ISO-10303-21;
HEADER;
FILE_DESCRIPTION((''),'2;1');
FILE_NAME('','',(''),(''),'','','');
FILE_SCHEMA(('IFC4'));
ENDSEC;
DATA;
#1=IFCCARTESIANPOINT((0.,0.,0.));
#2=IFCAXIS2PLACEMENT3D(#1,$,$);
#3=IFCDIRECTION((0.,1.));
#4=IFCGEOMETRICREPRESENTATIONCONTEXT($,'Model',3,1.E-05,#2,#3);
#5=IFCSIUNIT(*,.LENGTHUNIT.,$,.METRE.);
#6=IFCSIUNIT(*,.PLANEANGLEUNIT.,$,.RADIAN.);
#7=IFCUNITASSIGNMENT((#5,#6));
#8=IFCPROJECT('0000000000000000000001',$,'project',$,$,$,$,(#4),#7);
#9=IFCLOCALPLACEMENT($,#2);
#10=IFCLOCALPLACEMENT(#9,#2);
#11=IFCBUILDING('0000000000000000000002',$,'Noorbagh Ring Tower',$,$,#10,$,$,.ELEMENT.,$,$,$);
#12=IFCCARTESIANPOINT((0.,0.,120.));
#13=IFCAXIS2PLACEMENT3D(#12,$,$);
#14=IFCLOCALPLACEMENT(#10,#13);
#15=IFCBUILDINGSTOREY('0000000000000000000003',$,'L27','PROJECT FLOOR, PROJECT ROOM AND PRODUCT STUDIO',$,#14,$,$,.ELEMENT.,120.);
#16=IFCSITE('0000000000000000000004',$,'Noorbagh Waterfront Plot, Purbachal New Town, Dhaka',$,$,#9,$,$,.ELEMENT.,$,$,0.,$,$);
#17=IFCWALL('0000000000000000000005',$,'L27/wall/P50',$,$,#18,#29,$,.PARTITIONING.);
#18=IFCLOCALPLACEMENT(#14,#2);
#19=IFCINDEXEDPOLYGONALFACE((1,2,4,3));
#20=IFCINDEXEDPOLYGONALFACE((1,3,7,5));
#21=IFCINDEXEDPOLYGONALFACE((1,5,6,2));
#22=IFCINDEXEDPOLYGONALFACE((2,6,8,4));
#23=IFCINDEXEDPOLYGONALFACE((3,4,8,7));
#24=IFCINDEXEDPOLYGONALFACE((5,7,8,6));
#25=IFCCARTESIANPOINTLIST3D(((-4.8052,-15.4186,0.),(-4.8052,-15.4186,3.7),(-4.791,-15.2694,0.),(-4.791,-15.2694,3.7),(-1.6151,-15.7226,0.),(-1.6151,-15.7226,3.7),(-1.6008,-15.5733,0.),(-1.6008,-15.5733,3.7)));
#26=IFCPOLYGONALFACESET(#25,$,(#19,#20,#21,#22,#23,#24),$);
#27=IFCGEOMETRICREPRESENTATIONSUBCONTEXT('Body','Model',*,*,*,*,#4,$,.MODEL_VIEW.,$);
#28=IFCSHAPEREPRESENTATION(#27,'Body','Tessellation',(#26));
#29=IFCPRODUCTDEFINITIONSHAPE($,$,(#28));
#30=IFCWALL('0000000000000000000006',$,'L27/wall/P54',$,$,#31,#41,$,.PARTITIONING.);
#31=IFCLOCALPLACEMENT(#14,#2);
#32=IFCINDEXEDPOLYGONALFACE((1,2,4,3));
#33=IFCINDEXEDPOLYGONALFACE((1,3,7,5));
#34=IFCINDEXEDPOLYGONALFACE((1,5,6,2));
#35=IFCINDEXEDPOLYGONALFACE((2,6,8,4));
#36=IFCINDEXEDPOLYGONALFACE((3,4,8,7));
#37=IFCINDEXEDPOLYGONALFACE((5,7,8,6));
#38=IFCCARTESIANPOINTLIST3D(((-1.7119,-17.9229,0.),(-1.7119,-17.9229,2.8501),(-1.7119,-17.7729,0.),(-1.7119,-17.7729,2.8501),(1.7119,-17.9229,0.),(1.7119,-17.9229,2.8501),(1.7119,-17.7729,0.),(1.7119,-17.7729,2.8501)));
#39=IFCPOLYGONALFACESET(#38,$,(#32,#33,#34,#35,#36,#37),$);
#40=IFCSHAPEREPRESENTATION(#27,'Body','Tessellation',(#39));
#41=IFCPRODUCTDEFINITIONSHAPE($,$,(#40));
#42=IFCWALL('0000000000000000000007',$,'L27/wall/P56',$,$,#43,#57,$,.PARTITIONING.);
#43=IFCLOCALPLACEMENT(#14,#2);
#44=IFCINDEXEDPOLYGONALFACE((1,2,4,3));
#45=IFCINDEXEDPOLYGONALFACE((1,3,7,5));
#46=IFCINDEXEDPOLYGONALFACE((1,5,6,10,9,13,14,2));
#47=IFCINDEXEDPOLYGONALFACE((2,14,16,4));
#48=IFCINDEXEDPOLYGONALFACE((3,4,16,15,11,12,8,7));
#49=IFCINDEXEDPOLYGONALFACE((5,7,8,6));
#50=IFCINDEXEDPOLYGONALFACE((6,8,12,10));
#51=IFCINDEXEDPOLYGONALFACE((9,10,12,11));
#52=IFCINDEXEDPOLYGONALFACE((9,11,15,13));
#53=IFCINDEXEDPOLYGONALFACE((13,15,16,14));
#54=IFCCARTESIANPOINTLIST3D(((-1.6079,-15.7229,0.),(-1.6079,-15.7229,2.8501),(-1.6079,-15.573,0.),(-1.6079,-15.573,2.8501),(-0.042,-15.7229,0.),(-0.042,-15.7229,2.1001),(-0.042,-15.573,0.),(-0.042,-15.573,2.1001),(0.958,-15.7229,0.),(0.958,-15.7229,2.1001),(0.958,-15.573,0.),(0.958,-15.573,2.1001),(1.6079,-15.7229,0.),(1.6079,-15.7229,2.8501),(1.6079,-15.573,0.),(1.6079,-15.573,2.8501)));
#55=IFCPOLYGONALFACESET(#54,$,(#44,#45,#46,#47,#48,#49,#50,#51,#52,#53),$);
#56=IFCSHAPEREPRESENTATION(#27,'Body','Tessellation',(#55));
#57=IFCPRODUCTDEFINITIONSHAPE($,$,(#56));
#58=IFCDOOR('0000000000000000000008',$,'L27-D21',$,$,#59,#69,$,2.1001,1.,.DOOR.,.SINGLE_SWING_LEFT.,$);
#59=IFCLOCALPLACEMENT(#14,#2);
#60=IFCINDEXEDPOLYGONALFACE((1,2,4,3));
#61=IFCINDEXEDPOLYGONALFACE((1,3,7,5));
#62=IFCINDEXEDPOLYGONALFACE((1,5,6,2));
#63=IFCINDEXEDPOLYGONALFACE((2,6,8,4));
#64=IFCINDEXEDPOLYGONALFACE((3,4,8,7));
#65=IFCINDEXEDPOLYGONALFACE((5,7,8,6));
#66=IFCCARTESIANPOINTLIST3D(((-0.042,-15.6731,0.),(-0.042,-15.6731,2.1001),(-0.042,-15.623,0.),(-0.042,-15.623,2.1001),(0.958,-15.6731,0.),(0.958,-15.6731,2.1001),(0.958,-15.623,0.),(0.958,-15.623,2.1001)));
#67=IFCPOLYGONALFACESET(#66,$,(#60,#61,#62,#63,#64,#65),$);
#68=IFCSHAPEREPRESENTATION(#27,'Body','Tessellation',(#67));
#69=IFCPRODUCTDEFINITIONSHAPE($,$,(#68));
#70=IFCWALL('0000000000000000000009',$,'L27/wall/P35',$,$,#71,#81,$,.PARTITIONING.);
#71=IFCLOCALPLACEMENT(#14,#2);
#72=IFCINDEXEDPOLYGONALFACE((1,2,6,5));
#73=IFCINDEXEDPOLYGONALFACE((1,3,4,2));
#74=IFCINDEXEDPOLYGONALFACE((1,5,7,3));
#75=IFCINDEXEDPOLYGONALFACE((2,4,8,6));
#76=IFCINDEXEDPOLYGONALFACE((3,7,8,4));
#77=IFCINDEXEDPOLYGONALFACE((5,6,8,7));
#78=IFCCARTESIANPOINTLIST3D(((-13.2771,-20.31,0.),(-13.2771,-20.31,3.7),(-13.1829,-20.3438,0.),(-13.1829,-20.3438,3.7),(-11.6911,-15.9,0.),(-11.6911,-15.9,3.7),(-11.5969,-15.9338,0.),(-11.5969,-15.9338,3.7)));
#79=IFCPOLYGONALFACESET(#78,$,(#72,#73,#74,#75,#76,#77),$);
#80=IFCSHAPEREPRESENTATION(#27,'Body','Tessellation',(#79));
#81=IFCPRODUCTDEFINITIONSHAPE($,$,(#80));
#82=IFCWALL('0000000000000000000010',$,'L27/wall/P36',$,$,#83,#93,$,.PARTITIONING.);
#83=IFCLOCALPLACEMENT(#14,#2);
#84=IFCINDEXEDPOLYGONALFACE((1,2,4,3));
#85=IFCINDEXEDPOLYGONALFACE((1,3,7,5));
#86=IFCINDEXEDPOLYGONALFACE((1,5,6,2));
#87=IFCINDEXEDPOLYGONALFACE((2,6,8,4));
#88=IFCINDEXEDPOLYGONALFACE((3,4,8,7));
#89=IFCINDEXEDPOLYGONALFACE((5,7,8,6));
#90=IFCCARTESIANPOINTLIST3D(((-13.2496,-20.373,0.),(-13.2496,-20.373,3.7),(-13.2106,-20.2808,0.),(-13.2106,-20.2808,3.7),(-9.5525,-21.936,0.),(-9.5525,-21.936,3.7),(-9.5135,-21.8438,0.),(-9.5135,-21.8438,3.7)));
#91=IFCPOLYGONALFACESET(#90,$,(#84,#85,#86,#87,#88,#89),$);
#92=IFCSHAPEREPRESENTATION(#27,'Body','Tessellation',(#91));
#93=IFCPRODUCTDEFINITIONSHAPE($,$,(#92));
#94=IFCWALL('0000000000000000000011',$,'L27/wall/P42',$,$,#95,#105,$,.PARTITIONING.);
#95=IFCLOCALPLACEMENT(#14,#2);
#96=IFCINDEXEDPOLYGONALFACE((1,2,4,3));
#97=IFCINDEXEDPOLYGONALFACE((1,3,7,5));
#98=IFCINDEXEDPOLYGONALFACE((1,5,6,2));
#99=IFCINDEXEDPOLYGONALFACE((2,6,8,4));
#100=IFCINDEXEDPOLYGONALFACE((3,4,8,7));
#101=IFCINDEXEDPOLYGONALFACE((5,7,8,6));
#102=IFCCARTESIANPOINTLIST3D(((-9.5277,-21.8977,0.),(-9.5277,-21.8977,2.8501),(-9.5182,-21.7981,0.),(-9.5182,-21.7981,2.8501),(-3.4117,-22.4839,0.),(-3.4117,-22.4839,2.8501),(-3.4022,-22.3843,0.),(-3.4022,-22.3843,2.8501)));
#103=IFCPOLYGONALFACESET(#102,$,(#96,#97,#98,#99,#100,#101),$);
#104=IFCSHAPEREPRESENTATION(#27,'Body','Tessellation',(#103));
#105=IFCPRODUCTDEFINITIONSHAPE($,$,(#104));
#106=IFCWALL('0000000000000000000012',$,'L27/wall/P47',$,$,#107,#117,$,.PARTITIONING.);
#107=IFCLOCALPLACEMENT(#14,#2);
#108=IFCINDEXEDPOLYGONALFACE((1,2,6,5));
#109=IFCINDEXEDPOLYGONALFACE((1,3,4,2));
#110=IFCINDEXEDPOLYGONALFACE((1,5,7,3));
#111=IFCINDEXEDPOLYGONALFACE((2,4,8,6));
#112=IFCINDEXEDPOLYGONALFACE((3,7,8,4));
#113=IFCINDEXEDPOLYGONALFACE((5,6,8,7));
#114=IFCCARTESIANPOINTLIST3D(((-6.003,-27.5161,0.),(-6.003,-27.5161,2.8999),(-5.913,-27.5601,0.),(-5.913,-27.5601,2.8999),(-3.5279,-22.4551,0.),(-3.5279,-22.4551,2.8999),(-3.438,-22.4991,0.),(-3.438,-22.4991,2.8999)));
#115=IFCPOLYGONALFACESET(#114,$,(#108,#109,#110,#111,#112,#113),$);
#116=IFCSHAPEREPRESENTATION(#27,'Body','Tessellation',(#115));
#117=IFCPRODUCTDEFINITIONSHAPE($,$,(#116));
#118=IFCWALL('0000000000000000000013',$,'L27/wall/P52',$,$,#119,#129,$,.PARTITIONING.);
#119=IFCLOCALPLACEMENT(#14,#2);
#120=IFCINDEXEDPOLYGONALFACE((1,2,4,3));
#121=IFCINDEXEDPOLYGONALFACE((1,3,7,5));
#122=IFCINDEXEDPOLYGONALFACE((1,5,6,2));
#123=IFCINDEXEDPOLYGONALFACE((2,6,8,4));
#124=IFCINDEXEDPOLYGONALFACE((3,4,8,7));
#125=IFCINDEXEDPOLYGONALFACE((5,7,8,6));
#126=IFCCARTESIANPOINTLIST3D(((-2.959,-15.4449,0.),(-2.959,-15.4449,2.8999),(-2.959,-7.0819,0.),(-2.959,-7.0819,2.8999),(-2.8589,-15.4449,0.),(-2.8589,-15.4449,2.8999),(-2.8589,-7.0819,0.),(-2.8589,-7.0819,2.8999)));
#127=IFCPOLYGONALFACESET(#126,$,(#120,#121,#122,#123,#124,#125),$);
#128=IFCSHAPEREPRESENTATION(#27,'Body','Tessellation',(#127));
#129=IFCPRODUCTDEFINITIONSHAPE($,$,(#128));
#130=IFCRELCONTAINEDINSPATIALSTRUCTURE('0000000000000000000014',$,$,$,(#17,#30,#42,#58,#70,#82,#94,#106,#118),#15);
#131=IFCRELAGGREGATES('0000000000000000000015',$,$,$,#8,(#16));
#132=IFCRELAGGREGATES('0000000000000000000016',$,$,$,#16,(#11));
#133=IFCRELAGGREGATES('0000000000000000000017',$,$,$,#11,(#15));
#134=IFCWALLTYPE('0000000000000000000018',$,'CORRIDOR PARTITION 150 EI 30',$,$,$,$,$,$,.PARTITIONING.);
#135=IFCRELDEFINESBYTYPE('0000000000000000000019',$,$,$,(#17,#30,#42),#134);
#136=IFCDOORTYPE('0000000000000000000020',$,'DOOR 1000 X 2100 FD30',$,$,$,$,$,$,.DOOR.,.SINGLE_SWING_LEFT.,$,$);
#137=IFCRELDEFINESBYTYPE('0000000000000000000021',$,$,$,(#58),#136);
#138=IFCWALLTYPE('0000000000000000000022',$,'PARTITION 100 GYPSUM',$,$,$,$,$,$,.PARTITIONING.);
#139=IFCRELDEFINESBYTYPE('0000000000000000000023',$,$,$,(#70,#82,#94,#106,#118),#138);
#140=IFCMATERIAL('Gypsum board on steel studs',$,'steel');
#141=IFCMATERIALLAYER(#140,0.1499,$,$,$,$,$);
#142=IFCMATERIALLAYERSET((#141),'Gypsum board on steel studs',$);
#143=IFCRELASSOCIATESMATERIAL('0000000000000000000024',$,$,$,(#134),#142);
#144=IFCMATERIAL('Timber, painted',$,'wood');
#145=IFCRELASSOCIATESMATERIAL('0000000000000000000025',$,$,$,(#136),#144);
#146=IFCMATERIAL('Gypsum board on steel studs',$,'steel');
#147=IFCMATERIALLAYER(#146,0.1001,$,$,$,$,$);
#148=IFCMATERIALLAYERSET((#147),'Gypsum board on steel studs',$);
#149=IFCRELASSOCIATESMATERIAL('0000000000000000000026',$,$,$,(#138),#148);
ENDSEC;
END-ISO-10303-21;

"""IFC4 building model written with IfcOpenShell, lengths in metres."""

from ifc_helpers import new_model, si_unit, direction, frame, frame_2d, origin, place, context, subcontext, project, spatial, rectangle, extrude, material, layer, layer_set, type_object, element, fill, save


model = new_model("IFC4")

# Units and contexts
model_context = context("Model", 3, precision=1e-05, world=origin(), true_north=direction((0.0, 1.0)))
body_context = subcontext(model_context, "Body", "Model", "MODEL_VIEW")
ifc_project = project(units=[si_unit("LENGTHUNIT", "METRE"), si_unit("PLANEANGLEUNIT", "RADIAN")], contexts=[model_context])

# Site, building, storey
site_placement = place(None, origin())
site = spatial("IfcSite", under=ifc_project, at=site_placement, Name="Noorbagh Waterfront Plot, Purbachal New Town, Dhaka", CompositionType="ELEMENT", RefElevation=0.0)
building_placement = place(site_placement, origin())
building = spatial("IfcBuilding", under=site, at=building_placement, Name="Noorbagh Ring Tower", CompositionType="ELEMENT")
storey_placement = place(building_placement, frame((0.0, 0.0, 120.0)))
storey = spatial("IfcBuildingStorey", under=building, at=storey_placement, Name="L27", Description="PROJECT FLOOR, PROJECT ROOM AND PRODUCT STUDIO", CompositionType="ELEMENT", Elevation=120.0)

# Shared definitions
ifc_material_1 = material(Name="Gypsum board on steel studs", Category="steel")
ifc_layer_1 = layer(ifc_material_1, 0.1499)
ifc_layer_set_1 = layer_set([ifc_layer_1], Name="Gypsum board on steel studs")
wall_type_1 = type_object("IfcWallType", Name="CORRIDOR PARTITION 150 EI 30", PredefinedType="PARTITIONING", material=ifc_layer_set_1)

# Shared definitions
ifc_material_2 = material(Name="Timber, painted", Category="wood")
door_type = type_object("IfcDoorType", Name="DOOR 1000 X 2100 FD30", OperationType="SINGLE_SWING_LEFT", PredefinedType="DOOR", material=ifc_material_2)

# Walls
wall_1_placement = place(storey_placement, frame((-4.7981, -15.344, 0.0), z_axis=(0.0, 0.0, 1.0), x_axis=(0.995492, -0.094849, 0.0)))
element("IfcWall", 1, at=wall_1_placement, inside=storey, type_object=wall_type_1, Name="L27/wall/P50", PredefinedType="PARTITIONING", context=body_context, shape_type="SweptSolid", body=[
    extrude(rectangle(XDim=3.2046, YDim=0.1499, at=frame_2d((1.6023, 0.0))), origin(), (0.0, 0.0, 1.0), 3.7),
])
wall_2_placement = place(storey_placement, frame((-1.7119, -17.8479, 0.0), z_axis=(0.0, 0.0, 1.0), x_axis=(1.0, 0.0, 0.0)))
element("IfcWall", 2, at=wall_2_placement, inside=storey, type_object=wall_type_1, Name="L27/wall/P54", PredefinedType="PARTITIONING", context=body_context, shape_type="SweptSolid", body=[
    extrude(rectangle(XDim=3.4238, YDim=0.1499, at=frame_2d((1.7119, 0.0))), origin(), (0.0, 0.0, 1.0), 2.8501),
])

# Wall, opening, door
wall_3_placement = place(storey_placement, frame((-1.6079, -15.6479, 0.0), z_axis=(0.0, 0.0, 1.0), x_axis=(1.0, 0.0, 0.0)))
wall_3 = element("IfcWall", 3, at=wall_3_placement, inside=storey, type_object=wall_type_1, Name="L27/wall/P56", PredefinedType="PARTITIONING", context=body_context, shape_type="SweptSolid", body=[
    extrude(rectangle(XDim=3.2158, YDim=0.1499, at=frame_2d((1.6079, 0.0))), origin(), (0.0, 0.0, 1.0), 2.8501),
])
opening_1_placement = place(wall_3_placement, frame((1.5659, 0.0, 0.0)))
opening_1 = element("IfcOpeningElement", 4, at=opening_1_placement, cuts=wall_3, PredefinedType="OPENING", context=body_context, shape_type="SweptSolid", body=[
    extrude(rectangle(XDim=1.0, YDim=2.1001, at=frame_2d((0.5, 1.05))), frame((0.0, 0.085, 0.0), z_axis=(0.0, -1.0, 0.0), x_axis=(1.0, 0.0, 0.0)), (0.0, 0.0, 1.0), 0.1699),
])
door_1_placement = place(opening_1_placement, origin())
door_1 = element("IfcDoor", 5, at=door_1_placement, inside=storey, type_object=door_type, Name="L27-D21", OperationType="SINGLE_SWING_LEFT", OverallHeight=2.1001, OverallWidth=1.0, PredefinedType="DOOR", context=body_context, shape_type="SweptSolid", body=[
    extrude(rectangle(XDim=1.0, YDim=2.1001, at=frame_2d((0.5, 1.05))), frame((0.0, 0.0249, 0.0), z_axis=(0.0, -1.0, 0.0), x_axis=(1.0, 0.0, 0.0)), (0.0, 0.0, 1.0), 0.05),
])
fill(opening_1, door_1)

# Walls
ifc_material_3 = material(Name="Gypsum board on steel studs", Category="steel")
ifc_layer_2 = layer(ifc_material_3, 0.1001)
ifc_layer_set_2 = layer_set([ifc_layer_2], Name="Gypsum board on steel studs")
wall_type_2 = type_object("IfcWallType", Name="PARTITION 100 GYPSUM", PredefinedType="PARTITIONING", material=ifc_layer_set_2)
wall_4_placement = place(storey_placement, frame((-13.23, -20.3269, 0.0), z_axis=(0.0, 0.0, 1.0), x_axis=(0.338411, 0.940998, 0.0)))
element("IfcWall", 6, at=wall_4_placement, inside=storey, type_object=wall_type_2, Name="L27/wall/P35", PredefinedType="PARTITIONING", context=body_context, shape_type="SweptSolid", body=[
    extrude(rectangle(XDim=4.6865, YDim=0.1001, at=frame_2d((2.3433, 0.0))), origin(), (0.0, 0.0, 1.0), 3.7),
])
wall_5_placement = place(storey_placement, frame((-13.23, -20.3269, 0.0), z_axis=(0.0, 0.0, 1.0), x_axis=(0.921069, -0.3894, 0.0)))
element("IfcWall", 7, at=wall_5_placement, inside=storey, type_object=wall_type_2, Name="L27/wall/P36", PredefinedType="PARTITIONING", context=body_context, shape_type="SweptSolid", body=[
    extrude(rectangle(XDim=4.0139, YDim=0.1001, at=frame_2d((2.0068, 0.0))), origin(), (0.0, 0.0, 1.0), 3.7),
])
wall_6_placement = place(storey_placement, frame((-9.5229, -21.8479, 0.0), z_axis=(0.0, 0.0, 1.0), x_axis=(0.995438, -0.095407, 0.0)))
element("IfcWall", 8, at=wall_6_placement, inside=storey, type_object=wall_type_2, Name="L27/wall/P42", PredefinedType="PARTITIONING", context=body_context, shape_type="SweptSolid", body=[
    extrude(rectangle(XDim=6.144, YDim=0.1001, at=frame_2d((3.072, 0.0))), origin(), (0.0, 0.0, 1.0), 2.8501),
])
wall_7_placement = place(storey_placement, frame((-5.958, -27.5381, 0.0), z_axis=(0.0, 0.0, 1.0), x_axis=(0.439327, 0.898327, 0.0)))
element("IfcWall", 9, at=wall_7_placement, inside=storey, type_object=wall_type_2, Name="L27/wall/P47", PredefinedType="PARTITIONING", context=body_context, shape_type="SweptSolid", body=[
    extrude(rectangle(XDim=5.6338, YDim=0.1001, at=frame_2d((2.8169, 0.0))), origin(), (0.0, 0.0, 1.0), 2.8999),
])
wall_8_placement = place(storey_placement, frame((-2.9089, -15.4451, 0.0), z_axis=(0.0, 0.0, 1.0), x_axis=(0.0, 1.0, 0.0)))
element("IfcWall", 10, at=wall_8_placement, inside=storey, type_object=wall_type_2, Name="L27/wall/P52", PredefinedType="PARTITIONING", context=body_context, shape_type="SweptSolid", body=[
    extrude(rectangle(XDim=8.363, YDim=0.1001, at=frame_2d((4.1816, 0.0))), origin(), (0.0, 0.0, 1.0), 2.8999),
])

save(model, "model.ifc")
